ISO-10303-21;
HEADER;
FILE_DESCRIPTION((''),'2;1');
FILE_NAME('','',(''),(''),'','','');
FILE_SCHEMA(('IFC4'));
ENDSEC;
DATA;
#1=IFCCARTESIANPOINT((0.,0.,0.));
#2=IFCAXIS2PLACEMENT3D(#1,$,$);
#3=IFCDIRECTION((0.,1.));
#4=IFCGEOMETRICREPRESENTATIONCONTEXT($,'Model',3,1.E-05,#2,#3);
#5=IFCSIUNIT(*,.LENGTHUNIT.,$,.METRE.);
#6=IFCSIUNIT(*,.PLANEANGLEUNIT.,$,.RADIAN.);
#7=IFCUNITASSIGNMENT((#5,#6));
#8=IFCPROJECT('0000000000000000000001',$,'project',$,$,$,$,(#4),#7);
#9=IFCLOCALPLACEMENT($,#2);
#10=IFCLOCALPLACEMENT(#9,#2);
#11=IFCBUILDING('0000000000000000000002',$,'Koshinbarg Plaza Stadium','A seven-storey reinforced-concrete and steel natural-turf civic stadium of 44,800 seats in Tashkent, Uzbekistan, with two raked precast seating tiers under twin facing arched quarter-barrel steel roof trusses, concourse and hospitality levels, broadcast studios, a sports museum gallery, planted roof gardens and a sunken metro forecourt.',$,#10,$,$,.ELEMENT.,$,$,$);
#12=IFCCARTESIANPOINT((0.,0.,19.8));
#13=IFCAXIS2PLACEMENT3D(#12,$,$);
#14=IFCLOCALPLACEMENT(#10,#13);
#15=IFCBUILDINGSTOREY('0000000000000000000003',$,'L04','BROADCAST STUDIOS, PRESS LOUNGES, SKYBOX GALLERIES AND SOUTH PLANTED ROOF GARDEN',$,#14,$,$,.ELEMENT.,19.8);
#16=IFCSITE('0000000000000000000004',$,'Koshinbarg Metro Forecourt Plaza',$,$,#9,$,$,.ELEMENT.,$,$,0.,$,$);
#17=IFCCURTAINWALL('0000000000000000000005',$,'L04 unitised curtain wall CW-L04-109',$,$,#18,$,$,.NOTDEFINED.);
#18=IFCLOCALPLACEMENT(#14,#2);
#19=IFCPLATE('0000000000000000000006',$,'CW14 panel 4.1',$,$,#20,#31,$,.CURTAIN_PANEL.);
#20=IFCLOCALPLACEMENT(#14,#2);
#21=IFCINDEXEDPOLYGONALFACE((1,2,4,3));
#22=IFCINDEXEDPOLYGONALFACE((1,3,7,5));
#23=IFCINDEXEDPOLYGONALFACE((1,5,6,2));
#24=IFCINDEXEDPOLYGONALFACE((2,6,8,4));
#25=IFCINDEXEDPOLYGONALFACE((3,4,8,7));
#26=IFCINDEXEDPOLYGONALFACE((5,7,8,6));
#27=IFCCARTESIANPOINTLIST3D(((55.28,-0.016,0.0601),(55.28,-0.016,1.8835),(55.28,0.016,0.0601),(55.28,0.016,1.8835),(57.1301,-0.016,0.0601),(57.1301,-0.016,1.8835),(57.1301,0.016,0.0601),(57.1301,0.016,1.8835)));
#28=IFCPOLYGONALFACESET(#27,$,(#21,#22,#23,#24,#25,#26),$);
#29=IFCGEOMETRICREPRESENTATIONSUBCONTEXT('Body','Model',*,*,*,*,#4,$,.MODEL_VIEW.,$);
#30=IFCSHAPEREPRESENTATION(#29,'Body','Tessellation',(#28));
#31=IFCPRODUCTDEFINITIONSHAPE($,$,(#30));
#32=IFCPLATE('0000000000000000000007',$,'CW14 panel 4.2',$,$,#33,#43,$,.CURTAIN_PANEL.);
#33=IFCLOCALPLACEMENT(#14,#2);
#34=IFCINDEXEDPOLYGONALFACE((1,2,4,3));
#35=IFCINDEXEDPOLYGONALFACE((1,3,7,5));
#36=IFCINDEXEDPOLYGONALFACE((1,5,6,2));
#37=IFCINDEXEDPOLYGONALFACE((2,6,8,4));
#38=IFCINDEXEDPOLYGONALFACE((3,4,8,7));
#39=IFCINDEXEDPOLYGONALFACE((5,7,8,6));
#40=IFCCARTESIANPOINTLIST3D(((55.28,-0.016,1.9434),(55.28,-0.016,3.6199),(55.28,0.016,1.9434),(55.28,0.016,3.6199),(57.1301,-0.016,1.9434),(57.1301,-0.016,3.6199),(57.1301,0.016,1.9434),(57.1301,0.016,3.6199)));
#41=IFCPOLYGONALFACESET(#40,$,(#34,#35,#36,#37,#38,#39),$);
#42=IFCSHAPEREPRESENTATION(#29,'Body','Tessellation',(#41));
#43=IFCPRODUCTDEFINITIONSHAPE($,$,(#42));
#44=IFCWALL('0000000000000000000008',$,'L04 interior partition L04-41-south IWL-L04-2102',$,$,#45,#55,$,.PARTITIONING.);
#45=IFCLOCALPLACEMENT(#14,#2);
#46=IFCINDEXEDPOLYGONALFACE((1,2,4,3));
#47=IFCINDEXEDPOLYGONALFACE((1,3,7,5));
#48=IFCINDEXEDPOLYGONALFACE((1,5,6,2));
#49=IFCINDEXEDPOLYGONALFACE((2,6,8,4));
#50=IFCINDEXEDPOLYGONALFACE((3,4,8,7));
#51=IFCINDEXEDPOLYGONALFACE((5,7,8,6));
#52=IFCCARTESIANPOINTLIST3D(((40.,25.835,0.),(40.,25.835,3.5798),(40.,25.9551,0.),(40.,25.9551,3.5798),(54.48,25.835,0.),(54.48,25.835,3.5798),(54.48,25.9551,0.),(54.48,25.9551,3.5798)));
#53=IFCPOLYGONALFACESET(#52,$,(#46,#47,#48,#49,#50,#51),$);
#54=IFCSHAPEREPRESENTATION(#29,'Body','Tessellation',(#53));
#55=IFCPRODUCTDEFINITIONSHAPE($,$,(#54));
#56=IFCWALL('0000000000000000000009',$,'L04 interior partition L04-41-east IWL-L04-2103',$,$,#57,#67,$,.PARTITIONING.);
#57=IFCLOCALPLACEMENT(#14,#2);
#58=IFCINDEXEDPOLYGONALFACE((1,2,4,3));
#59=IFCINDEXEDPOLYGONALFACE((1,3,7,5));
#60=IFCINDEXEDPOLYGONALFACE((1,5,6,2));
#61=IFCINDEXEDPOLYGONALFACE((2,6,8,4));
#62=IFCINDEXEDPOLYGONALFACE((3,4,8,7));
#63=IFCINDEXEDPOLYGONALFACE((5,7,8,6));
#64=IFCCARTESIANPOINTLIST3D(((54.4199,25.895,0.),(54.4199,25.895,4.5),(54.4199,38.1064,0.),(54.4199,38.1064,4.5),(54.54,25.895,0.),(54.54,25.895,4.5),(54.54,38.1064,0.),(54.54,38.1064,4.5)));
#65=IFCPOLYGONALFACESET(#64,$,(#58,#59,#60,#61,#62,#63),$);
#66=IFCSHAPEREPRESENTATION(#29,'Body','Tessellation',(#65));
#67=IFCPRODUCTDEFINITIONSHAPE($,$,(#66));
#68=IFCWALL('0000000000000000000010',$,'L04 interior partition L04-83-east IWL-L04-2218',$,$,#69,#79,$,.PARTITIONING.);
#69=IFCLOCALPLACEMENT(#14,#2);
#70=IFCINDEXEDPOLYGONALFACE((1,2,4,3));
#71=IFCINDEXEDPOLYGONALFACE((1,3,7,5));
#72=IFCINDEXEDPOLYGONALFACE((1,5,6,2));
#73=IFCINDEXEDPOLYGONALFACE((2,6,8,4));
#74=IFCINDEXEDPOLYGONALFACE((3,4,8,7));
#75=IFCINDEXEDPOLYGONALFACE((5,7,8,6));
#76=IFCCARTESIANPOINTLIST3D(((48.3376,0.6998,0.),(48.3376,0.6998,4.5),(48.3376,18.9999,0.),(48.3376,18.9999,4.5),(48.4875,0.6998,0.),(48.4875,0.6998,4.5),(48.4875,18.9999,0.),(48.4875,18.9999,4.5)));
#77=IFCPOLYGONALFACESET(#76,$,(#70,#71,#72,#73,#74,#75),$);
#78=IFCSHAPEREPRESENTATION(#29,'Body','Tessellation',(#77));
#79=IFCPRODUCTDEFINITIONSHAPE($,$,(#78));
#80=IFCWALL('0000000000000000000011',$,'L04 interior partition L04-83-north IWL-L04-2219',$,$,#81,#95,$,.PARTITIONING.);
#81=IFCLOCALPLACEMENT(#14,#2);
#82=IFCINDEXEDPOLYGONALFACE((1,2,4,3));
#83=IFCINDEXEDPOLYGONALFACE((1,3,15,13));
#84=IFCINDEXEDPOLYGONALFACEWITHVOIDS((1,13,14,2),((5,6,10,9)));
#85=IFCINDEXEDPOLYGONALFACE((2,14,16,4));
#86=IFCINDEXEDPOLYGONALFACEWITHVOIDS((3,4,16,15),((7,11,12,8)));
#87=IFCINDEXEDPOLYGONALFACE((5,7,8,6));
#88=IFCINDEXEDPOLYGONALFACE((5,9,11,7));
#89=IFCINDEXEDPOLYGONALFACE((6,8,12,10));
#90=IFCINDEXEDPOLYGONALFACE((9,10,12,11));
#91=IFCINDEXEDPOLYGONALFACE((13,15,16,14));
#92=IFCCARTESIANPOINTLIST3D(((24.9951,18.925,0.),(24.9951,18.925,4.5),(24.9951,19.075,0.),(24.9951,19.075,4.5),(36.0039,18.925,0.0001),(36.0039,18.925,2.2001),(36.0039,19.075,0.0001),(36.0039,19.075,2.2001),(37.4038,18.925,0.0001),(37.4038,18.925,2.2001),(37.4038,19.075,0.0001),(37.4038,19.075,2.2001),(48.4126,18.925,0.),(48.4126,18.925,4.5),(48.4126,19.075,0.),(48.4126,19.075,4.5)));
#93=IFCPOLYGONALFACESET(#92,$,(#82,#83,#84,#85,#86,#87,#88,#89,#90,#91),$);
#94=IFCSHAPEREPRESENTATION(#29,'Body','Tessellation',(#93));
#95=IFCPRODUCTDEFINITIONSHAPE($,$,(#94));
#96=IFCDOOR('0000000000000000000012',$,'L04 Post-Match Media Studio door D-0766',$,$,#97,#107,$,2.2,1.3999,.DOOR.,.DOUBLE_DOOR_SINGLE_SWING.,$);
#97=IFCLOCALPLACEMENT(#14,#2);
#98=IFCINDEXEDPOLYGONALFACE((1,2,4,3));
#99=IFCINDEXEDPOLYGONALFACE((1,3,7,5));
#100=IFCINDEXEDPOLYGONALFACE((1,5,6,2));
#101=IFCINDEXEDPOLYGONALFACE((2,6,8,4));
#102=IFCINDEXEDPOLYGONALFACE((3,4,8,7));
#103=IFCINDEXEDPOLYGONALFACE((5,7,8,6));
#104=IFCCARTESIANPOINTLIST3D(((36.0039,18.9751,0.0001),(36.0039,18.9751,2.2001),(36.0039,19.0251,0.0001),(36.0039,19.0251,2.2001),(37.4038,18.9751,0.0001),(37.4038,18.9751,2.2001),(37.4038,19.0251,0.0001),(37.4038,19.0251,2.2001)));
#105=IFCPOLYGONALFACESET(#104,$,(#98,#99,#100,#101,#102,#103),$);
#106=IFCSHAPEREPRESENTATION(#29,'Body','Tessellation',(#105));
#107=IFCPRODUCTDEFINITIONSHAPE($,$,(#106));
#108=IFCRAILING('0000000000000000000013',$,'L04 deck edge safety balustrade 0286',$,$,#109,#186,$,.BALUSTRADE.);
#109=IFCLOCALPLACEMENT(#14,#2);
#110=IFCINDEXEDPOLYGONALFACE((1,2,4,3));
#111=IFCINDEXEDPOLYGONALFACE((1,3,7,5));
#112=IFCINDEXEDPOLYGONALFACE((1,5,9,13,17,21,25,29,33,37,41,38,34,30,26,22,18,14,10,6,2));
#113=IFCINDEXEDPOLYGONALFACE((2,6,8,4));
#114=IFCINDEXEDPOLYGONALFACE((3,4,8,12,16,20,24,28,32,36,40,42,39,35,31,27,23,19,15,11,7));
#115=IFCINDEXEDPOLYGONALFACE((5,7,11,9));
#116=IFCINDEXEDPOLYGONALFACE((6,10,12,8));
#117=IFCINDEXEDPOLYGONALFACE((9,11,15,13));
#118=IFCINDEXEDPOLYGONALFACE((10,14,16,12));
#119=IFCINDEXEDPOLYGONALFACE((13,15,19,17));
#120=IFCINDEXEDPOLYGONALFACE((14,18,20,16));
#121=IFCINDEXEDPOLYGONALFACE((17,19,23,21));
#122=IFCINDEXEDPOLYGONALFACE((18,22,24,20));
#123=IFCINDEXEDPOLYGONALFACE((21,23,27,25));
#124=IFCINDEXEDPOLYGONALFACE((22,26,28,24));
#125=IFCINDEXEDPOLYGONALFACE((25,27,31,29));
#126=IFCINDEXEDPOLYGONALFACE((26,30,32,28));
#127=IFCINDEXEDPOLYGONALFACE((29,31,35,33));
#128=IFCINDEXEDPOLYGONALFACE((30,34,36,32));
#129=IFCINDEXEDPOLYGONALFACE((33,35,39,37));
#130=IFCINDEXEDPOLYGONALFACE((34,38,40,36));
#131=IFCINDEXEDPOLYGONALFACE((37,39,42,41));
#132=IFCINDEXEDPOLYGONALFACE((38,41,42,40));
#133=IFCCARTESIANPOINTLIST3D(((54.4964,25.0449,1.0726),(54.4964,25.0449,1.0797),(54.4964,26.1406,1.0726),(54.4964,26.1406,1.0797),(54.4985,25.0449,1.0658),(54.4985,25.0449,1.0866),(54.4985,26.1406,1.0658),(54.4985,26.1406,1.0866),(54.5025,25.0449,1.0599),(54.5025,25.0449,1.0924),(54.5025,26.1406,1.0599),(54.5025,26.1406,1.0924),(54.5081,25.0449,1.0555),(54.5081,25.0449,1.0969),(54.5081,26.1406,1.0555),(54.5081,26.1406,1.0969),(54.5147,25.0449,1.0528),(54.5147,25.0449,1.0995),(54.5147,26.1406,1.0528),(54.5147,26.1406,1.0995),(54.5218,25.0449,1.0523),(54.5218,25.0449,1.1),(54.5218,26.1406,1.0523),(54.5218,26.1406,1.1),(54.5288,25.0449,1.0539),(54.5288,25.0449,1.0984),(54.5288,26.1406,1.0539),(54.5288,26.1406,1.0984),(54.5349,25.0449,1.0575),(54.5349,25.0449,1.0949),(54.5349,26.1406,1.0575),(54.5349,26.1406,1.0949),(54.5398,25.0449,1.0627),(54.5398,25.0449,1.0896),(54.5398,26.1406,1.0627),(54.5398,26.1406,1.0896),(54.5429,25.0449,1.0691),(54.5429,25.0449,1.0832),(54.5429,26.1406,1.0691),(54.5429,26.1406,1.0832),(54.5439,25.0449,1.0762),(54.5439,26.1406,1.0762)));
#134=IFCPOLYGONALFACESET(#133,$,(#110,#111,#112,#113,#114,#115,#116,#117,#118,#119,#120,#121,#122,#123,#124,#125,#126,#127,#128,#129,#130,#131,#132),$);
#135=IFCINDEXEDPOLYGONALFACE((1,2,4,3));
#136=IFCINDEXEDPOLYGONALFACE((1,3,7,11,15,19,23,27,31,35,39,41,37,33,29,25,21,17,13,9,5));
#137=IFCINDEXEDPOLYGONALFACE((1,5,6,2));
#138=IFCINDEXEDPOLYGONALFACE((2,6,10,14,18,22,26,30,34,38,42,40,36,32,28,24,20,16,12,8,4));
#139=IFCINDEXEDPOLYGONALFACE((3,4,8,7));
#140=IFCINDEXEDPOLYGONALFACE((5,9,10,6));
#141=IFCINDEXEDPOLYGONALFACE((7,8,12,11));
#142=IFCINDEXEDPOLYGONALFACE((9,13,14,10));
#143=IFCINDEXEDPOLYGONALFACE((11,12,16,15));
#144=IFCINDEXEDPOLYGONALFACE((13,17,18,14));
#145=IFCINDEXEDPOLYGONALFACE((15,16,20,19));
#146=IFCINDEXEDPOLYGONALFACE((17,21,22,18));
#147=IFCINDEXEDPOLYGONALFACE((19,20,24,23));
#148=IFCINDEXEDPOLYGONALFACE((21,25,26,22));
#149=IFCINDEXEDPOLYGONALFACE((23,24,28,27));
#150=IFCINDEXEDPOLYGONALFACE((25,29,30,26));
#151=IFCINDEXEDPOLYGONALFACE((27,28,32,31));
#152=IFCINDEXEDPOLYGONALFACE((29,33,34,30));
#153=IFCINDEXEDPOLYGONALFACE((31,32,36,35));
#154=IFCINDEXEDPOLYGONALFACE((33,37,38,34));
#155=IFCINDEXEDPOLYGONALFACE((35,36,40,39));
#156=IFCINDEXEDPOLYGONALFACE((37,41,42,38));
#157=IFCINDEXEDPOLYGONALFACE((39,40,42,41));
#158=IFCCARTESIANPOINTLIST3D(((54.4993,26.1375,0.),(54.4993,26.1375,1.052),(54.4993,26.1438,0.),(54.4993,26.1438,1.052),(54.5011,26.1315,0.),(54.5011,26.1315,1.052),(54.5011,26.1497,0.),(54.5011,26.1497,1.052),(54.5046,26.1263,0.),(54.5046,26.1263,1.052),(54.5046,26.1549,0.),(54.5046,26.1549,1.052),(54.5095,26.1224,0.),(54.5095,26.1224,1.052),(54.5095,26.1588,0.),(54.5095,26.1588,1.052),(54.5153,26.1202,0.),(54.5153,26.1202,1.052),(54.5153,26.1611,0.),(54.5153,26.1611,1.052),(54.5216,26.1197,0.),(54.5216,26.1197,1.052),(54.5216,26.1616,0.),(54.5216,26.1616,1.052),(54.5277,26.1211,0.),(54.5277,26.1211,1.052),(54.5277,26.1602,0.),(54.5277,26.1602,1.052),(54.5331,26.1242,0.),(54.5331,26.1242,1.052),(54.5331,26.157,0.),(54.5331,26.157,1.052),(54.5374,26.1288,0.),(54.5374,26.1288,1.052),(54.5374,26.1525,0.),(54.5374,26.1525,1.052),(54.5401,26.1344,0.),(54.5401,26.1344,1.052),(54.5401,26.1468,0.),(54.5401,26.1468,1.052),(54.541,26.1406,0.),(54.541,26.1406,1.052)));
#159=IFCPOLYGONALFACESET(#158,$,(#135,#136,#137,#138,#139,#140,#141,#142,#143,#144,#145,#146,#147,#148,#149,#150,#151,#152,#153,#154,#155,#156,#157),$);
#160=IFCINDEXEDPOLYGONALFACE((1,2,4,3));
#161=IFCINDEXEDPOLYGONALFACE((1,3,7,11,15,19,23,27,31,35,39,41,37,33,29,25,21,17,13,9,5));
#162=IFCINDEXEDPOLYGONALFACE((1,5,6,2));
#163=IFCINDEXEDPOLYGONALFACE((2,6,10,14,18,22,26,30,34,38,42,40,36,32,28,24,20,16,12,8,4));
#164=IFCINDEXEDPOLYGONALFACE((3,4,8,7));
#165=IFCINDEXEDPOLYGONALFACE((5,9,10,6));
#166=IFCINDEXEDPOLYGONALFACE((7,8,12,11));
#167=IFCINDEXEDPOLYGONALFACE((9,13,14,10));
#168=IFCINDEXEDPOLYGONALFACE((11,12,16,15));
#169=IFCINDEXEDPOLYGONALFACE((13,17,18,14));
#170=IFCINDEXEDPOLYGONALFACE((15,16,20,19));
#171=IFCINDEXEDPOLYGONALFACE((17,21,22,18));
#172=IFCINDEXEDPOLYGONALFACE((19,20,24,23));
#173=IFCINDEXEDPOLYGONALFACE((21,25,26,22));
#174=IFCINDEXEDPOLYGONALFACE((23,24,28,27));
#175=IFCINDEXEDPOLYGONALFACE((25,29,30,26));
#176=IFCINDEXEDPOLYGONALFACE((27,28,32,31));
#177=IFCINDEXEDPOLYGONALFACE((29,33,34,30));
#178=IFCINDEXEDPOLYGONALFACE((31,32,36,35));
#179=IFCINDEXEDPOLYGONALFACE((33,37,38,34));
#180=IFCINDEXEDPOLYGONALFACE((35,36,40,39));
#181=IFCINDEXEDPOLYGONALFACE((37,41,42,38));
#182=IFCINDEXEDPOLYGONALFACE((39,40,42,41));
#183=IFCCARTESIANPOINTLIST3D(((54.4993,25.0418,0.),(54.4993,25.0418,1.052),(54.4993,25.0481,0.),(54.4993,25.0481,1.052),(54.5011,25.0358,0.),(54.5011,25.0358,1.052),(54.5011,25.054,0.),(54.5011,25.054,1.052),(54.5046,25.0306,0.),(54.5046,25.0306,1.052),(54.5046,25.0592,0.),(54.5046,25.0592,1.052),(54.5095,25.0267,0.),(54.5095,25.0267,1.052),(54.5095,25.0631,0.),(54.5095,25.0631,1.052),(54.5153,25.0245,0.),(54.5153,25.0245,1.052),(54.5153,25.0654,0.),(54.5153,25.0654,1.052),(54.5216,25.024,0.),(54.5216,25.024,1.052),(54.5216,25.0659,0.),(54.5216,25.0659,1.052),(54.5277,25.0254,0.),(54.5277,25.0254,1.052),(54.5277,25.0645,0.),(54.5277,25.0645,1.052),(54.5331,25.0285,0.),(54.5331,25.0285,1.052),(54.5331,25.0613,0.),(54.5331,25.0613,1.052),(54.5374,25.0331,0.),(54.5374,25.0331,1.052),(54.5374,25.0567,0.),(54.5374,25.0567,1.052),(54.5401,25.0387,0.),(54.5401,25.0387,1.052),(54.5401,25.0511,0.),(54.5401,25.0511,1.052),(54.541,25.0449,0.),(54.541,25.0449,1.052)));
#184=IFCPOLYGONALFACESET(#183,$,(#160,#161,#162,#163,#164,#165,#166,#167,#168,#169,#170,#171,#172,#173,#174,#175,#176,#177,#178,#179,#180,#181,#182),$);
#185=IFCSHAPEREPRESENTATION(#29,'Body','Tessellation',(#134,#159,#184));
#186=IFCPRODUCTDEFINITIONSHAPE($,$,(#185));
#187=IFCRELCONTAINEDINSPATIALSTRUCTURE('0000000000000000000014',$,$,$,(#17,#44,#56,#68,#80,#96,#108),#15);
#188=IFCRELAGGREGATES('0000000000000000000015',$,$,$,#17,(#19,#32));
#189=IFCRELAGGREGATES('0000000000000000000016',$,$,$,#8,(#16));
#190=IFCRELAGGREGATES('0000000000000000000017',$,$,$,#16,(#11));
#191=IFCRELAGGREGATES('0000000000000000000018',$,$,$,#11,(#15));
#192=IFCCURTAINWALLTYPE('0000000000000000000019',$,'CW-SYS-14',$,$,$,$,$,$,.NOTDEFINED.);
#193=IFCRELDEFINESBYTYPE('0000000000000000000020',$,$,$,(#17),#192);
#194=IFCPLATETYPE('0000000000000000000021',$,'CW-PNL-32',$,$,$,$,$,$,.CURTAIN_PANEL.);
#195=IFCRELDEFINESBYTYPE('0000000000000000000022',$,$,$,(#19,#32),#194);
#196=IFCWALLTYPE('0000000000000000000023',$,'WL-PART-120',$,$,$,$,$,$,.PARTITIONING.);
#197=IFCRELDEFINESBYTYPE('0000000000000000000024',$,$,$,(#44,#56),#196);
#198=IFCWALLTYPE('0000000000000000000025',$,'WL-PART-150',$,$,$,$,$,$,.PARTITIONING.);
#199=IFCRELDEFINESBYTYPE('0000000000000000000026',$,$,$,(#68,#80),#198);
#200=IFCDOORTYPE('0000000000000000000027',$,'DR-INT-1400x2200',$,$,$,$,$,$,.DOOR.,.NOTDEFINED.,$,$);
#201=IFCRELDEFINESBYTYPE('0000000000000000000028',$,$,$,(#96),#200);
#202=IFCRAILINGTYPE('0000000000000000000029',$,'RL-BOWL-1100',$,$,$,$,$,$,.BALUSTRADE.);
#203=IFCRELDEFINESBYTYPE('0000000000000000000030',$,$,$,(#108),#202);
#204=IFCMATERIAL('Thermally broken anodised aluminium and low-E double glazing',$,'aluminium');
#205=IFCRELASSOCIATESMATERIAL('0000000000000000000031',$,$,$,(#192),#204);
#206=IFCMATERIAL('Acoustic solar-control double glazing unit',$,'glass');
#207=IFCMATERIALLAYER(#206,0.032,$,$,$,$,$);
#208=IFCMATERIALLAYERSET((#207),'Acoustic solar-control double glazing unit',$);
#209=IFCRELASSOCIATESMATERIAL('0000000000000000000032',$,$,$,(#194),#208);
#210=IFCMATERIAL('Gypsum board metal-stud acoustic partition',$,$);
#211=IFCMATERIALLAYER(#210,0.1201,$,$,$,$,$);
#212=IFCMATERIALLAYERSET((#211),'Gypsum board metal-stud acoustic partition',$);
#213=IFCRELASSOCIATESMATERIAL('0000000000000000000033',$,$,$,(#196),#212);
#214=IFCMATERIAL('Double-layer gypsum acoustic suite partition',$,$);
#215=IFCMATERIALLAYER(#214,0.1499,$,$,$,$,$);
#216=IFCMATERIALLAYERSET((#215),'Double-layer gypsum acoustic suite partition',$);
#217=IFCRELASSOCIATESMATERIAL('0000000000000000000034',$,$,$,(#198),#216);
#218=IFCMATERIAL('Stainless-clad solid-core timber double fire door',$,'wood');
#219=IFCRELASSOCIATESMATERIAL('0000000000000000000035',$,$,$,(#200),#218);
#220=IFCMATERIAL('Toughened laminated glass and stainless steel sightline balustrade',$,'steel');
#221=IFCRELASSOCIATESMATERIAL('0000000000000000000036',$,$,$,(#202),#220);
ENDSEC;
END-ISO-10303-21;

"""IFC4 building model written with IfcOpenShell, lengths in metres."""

from ifc_helpers import new_model, si_unit, direction, frame, frame_2d, origin, origin_2d, place, context, subcontext, project, spatial, rectangle, circle, extrude, material, layer, layer_set, type_object, element, fill, aggregate, save


model = new_model("IFC4")

# Units and contexts
model_context = context("Model", 3, precision=1e-05, world=origin(), true_north=direction((0.0, 1.0)))
body_context = subcontext(model_context, "Body", "Model", "MODEL_VIEW")
ifc_project = project(units=[si_unit("LENGTHUNIT", "METRE"), si_unit("PLANEANGLEUNIT", "RADIAN")], contexts=[model_context])

# Site, building, storey
site_placement = place(None, origin())
site = spatial("IfcSite", under=ifc_project, at=site_placement, Name="Koshinbarg Metro Forecourt Plaza", CompositionType="ELEMENT", RefElevation=0.0)
building_placement = place(site_placement, origin())
building = spatial("IfcBuilding", under=site, at=building_placement, Name="Koshinbarg Plaza Stadium", Description="A seven-storey reinforced-concrete and steel natural-turf civic stadium of 44,800 seats in Tashkent, Uzbekistan, with two raked precast seating tiers under twin facing arched quarter-barrel steel roof trusses, concourse and hospitality levels, broadcast studios, a sports museum gallery, planted roof gardens and a sunken metro forecourt.", CompositionType="ELEMENT")
storey_placement = place(building_placement, frame((0.0, 0.0, 19.8)))
storey = spatial("IfcBuildingStorey", under=building, at=storey_placement, Name="L04", Description="BROADCAST STUDIOS, PRESS LOUNGES, SKYBOX GALLERIES AND SOUTH PLANTED ROOF GARDEN", CompositionType="ELEMENT", Elevation=19.8)

# Shared definitions
ifc_material_1 = material(Name="Thermally broken anodised aluminium and low-E double glazing", Category="aluminium")

# Curtain wall
curtain_wall_type_1 = type_object("IfcCurtainWallType", Name="CW-SYS-14", PredefinedType="NOTDEFINED", material=ifc_material_1)
curtain_wall_1_placement = place(storey_placement, origin())
curtain_wall_1 = element("IfcCurtainWall", 1, at=curtain_wall_1_placement, inside=storey, type_object=curtain_wall_type_1, Name="L04 unitised curtain wall CW-L04-109", PredefinedType="NOTDEFINED")

# Plates
ifc_material_2 = material(Name="Acoustic solar-control double glazing unit", Category="glass")
ifc_layer_1 = layer(ifc_material_2, 0.032)
ifc_layer_set_1 = layer_set([ifc_layer_1], Name="Acoustic solar-control double glazing unit")
plate_type = type_object("IfcPlateType", Name="CW-PNL-32", PredefinedType="CURTAIN_PANEL", material=ifc_layer_set_1)
plate_1_placement = place(storey_placement, frame((56.2051, 0.0, 0.0601), z_axis=(0.0, 0.0, 1.0), x_axis=(-1.0, 0.0, 0.0)))
plate_1 = element("IfcPlate", 2, at=plate_1_placement, type_object=plate_type, Name="CW14 panel 4.1", PredefinedType="CURTAIN_PANEL", context=body_context, shape_type="SweptSolid", body=[
    extrude(rectangle(XDim=1.8501, YDim=0.032, at=origin_2d()), origin(), (0.0, 0.0, 1.0), 1.8235),
])
plate_2_placement = place(storey_placement, frame((56.2051, 0.0, 1.9434), z_axis=(0.0, 0.0, 1.0), x_axis=(-1.0, 0.0, 0.0)))
plate_2 = element("IfcPlate", 3, at=plate_2_placement, type_object=plate_type, Name="CW14 panel 4.2", PredefinedType="CURTAIN_PANEL", context=body_context, shape_type="SweptSolid", body=[
    extrude(rectangle(XDim=1.8501, YDim=0.032, at=origin_2d()), origin(), (0.0, 0.0, 1.0), 1.6765),
])
aggregate(curtain_wall_1, [plate_1, plate_2])

# Walls
ifc_material_3 = material(Name="Gypsum board metal-stud acoustic partition")
ifc_layer_2 = layer(ifc_material_3, 0.1201)
ifc_layer_set_2 = layer_set([ifc_layer_2], Name="Gypsum board metal-stud acoustic partition")
wall_type_1 = type_object("IfcWallType", Name="WL-PART-120", PredefinedType="PARTITIONING", material=ifc_layer_set_2)
wall_1_placement = place(storey_placement, frame((40.0, 25.895, 0.0), z_axis=(0.0, 0.0, 1.0), x_axis=(1.0, 0.0, 0.0)))
element("IfcWall", 4, at=wall_1_placement, inside=storey, type_object=wall_type_1, Name="L04 interior partition L04-41-south IWL-L04-2102", PredefinedType="PARTITIONING", context=body_context, shape_type="SweptSolid", body=[
    extrude(rectangle(XDim=14.48, YDim=0.1201, at=frame_2d((7.24, 0.0))), origin(), (0.0, 0.0, 1.0), 3.5798),
])
wall_2_placement = place(storey_placement, frame((54.48, 25.895, 0.0), z_axis=(0.0, 0.0, 1.0), x_axis=(0.0, 1.0, 0.0)))
element("IfcWall", 5, at=wall_2_placement, inside=storey, type_object=wall_type_1, Name="L04 interior partition L04-41-east IWL-L04-2103", PredefinedType="PARTITIONING", context=body_context, shape_type="SweptSolid", body=[
    extrude(rectangle(XDim=12.2114, YDim=0.1201, at=frame_2d((6.1057, 0.0))), origin(), (0.0, 0.0, 1.0), 4.5),
])
ifc_material_4 = material(Name="Double-layer gypsum acoustic suite partition")
ifc_layer_3 = layer(ifc_material_4, 0.1499)
ifc_layer_set_3 = layer_set([ifc_layer_3], Name="Double-layer gypsum acoustic suite partition")
wall_type_2 = type_object("IfcWallType", Name="WL-PART-150", PredefinedType="PARTITIONING", material=ifc_layer_set_3)
wall_3_placement = place(storey_placement, frame((48.4126, 0.7, 0.0), z_axis=(0.0, 0.0, 1.0), x_axis=(0.0, 1.0, 0.0)))
element("IfcWall", 6, at=wall_3_placement, inside=storey, type_object=wall_type_2, Name="L04 interior partition L04-83-east IWL-L04-2218", PredefinedType="PARTITIONING", context=body_context, shape_type="SweptSolid", body=[
    extrude(rectangle(XDim=18.3, YDim=0.1499, at=frame_2d((9.1499, 0.0))), origin(), (0.0, 0.0, 1.0), 4.5),
])

# Wall, opening, door
wall_4_placement = place(storey_placement, frame((48.4126, 19.0, 0.0), z_axis=(0.0, 0.0, 1.0), x_axis=(-1.0, 0.0, 0.0)))
wall_4 = element("IfcWall", 7, at=wall_4_placement, inside=storey, type_object=wall_type_2, Name="L04 interior partition L04-83-north IWL-L04-2219", PredefinedType="PARTITIONING", context=body_context, shape_type="SweptSolid", body=[
    extrude(rectangle(XDim=23.4175, YDim=0.1499, at=frame_2d((11.7087, 0.0))), origin(), (0.0, 0.0, 1.0), 4.5),
])
opening_placement = place(wall_4_placement, frame((11.0088, 0.0, 0.0)))
opening = element("IfcOpeningElement", 8, at=opening_placement, cuts=wall_4, PredefinedType="OPENING", context=body_context, shape_type="SweptSolid", body=[
    extrude(rectangle(XDim=1.3999, YDim=2.2, at=frame_2d((0.7, 1.1001))), frame((0.0, 0.085, 0.0), z_axis=(0.0, -1.0, 0.0), x_axis=(1.0, 0.0, 0.0)), (0.0, 0.0, 1.0), 0.1699),
])
ifc_material_5 = material(Name="Stainless-clad solid-core timber double fire door", Category="wood")
door_type = type_object("IfcDoorType", Name="DR-INT-1400x2200", OperationType="NOTDEFINED", PredefinedType="DOOR", material=ifc_material_5)
door_placement = place(opening_placement, origin())
door = element("IfcDoor", 9, at=door_placement, inside=storey, type_object=door_type, Name="L04 Post-Match Media Studio door D-0766", OperationType="DOUBLE_DOOR_SINGLE_SWING", OverallHeight=2.2, OverallWidth=1.3999, PredefinedType="DOOR", context=body_context, shape_type="SweptSolid", body=[
    extrude(rectangle(XDim=1.3999, YDim=2.2, at=frame_2d((0.7, 1.1001))), frame((0.0, 0.0249, 0.0), z_axis=(0.0, -1.0, 0.0), x_axis=(1.0, 0.0, 0.0)), (0.0, 0.0, 1.0), 0.05),
])
fill(opening, door)

# Railing
ifc_material_6 = material(Name="Toughened laminated glass and stainless steel sightline balustrade", Category="steel")
railing_type = type_object("IfcRailingType", Name="RL-BOWL-1100", PredefinedType="BALUSTRADE", material=ifc_material_6)
railing_1_placement = place(storey_placement, frame((54.52, 26.1406, 0.0)))
element("IfcRailing", 10, at=railing_1_placement, inside=storey, type_object=railing_type, Name="L04 deck edge safety balustrade 0286", PredefinedType="BALUSTRADE", context=body_context, shape_type="SweptSolid", body=[
    extrude(circle(Radius=0.0239, at=origin_2d()), frame((0.0, 0.0, 1.0762), z_axis=(0.0, -1.0, 0.0), x_axis=(1.0, 0.0, 0.0)), (0.0, 0.0, 1.0), 1.0957),
    extrude(circle(Radius=0.021, at=origin_2d()), origin(), (0.0, 0.0, 1.0), 1.052),
    extrude(circle(Radius=0.021, at=origin_2d()), frame((0.0, -1.0957, 0.0)), (0.0, 0.0, 1.0), 1.052),
])

save(model, "model.ifc")
